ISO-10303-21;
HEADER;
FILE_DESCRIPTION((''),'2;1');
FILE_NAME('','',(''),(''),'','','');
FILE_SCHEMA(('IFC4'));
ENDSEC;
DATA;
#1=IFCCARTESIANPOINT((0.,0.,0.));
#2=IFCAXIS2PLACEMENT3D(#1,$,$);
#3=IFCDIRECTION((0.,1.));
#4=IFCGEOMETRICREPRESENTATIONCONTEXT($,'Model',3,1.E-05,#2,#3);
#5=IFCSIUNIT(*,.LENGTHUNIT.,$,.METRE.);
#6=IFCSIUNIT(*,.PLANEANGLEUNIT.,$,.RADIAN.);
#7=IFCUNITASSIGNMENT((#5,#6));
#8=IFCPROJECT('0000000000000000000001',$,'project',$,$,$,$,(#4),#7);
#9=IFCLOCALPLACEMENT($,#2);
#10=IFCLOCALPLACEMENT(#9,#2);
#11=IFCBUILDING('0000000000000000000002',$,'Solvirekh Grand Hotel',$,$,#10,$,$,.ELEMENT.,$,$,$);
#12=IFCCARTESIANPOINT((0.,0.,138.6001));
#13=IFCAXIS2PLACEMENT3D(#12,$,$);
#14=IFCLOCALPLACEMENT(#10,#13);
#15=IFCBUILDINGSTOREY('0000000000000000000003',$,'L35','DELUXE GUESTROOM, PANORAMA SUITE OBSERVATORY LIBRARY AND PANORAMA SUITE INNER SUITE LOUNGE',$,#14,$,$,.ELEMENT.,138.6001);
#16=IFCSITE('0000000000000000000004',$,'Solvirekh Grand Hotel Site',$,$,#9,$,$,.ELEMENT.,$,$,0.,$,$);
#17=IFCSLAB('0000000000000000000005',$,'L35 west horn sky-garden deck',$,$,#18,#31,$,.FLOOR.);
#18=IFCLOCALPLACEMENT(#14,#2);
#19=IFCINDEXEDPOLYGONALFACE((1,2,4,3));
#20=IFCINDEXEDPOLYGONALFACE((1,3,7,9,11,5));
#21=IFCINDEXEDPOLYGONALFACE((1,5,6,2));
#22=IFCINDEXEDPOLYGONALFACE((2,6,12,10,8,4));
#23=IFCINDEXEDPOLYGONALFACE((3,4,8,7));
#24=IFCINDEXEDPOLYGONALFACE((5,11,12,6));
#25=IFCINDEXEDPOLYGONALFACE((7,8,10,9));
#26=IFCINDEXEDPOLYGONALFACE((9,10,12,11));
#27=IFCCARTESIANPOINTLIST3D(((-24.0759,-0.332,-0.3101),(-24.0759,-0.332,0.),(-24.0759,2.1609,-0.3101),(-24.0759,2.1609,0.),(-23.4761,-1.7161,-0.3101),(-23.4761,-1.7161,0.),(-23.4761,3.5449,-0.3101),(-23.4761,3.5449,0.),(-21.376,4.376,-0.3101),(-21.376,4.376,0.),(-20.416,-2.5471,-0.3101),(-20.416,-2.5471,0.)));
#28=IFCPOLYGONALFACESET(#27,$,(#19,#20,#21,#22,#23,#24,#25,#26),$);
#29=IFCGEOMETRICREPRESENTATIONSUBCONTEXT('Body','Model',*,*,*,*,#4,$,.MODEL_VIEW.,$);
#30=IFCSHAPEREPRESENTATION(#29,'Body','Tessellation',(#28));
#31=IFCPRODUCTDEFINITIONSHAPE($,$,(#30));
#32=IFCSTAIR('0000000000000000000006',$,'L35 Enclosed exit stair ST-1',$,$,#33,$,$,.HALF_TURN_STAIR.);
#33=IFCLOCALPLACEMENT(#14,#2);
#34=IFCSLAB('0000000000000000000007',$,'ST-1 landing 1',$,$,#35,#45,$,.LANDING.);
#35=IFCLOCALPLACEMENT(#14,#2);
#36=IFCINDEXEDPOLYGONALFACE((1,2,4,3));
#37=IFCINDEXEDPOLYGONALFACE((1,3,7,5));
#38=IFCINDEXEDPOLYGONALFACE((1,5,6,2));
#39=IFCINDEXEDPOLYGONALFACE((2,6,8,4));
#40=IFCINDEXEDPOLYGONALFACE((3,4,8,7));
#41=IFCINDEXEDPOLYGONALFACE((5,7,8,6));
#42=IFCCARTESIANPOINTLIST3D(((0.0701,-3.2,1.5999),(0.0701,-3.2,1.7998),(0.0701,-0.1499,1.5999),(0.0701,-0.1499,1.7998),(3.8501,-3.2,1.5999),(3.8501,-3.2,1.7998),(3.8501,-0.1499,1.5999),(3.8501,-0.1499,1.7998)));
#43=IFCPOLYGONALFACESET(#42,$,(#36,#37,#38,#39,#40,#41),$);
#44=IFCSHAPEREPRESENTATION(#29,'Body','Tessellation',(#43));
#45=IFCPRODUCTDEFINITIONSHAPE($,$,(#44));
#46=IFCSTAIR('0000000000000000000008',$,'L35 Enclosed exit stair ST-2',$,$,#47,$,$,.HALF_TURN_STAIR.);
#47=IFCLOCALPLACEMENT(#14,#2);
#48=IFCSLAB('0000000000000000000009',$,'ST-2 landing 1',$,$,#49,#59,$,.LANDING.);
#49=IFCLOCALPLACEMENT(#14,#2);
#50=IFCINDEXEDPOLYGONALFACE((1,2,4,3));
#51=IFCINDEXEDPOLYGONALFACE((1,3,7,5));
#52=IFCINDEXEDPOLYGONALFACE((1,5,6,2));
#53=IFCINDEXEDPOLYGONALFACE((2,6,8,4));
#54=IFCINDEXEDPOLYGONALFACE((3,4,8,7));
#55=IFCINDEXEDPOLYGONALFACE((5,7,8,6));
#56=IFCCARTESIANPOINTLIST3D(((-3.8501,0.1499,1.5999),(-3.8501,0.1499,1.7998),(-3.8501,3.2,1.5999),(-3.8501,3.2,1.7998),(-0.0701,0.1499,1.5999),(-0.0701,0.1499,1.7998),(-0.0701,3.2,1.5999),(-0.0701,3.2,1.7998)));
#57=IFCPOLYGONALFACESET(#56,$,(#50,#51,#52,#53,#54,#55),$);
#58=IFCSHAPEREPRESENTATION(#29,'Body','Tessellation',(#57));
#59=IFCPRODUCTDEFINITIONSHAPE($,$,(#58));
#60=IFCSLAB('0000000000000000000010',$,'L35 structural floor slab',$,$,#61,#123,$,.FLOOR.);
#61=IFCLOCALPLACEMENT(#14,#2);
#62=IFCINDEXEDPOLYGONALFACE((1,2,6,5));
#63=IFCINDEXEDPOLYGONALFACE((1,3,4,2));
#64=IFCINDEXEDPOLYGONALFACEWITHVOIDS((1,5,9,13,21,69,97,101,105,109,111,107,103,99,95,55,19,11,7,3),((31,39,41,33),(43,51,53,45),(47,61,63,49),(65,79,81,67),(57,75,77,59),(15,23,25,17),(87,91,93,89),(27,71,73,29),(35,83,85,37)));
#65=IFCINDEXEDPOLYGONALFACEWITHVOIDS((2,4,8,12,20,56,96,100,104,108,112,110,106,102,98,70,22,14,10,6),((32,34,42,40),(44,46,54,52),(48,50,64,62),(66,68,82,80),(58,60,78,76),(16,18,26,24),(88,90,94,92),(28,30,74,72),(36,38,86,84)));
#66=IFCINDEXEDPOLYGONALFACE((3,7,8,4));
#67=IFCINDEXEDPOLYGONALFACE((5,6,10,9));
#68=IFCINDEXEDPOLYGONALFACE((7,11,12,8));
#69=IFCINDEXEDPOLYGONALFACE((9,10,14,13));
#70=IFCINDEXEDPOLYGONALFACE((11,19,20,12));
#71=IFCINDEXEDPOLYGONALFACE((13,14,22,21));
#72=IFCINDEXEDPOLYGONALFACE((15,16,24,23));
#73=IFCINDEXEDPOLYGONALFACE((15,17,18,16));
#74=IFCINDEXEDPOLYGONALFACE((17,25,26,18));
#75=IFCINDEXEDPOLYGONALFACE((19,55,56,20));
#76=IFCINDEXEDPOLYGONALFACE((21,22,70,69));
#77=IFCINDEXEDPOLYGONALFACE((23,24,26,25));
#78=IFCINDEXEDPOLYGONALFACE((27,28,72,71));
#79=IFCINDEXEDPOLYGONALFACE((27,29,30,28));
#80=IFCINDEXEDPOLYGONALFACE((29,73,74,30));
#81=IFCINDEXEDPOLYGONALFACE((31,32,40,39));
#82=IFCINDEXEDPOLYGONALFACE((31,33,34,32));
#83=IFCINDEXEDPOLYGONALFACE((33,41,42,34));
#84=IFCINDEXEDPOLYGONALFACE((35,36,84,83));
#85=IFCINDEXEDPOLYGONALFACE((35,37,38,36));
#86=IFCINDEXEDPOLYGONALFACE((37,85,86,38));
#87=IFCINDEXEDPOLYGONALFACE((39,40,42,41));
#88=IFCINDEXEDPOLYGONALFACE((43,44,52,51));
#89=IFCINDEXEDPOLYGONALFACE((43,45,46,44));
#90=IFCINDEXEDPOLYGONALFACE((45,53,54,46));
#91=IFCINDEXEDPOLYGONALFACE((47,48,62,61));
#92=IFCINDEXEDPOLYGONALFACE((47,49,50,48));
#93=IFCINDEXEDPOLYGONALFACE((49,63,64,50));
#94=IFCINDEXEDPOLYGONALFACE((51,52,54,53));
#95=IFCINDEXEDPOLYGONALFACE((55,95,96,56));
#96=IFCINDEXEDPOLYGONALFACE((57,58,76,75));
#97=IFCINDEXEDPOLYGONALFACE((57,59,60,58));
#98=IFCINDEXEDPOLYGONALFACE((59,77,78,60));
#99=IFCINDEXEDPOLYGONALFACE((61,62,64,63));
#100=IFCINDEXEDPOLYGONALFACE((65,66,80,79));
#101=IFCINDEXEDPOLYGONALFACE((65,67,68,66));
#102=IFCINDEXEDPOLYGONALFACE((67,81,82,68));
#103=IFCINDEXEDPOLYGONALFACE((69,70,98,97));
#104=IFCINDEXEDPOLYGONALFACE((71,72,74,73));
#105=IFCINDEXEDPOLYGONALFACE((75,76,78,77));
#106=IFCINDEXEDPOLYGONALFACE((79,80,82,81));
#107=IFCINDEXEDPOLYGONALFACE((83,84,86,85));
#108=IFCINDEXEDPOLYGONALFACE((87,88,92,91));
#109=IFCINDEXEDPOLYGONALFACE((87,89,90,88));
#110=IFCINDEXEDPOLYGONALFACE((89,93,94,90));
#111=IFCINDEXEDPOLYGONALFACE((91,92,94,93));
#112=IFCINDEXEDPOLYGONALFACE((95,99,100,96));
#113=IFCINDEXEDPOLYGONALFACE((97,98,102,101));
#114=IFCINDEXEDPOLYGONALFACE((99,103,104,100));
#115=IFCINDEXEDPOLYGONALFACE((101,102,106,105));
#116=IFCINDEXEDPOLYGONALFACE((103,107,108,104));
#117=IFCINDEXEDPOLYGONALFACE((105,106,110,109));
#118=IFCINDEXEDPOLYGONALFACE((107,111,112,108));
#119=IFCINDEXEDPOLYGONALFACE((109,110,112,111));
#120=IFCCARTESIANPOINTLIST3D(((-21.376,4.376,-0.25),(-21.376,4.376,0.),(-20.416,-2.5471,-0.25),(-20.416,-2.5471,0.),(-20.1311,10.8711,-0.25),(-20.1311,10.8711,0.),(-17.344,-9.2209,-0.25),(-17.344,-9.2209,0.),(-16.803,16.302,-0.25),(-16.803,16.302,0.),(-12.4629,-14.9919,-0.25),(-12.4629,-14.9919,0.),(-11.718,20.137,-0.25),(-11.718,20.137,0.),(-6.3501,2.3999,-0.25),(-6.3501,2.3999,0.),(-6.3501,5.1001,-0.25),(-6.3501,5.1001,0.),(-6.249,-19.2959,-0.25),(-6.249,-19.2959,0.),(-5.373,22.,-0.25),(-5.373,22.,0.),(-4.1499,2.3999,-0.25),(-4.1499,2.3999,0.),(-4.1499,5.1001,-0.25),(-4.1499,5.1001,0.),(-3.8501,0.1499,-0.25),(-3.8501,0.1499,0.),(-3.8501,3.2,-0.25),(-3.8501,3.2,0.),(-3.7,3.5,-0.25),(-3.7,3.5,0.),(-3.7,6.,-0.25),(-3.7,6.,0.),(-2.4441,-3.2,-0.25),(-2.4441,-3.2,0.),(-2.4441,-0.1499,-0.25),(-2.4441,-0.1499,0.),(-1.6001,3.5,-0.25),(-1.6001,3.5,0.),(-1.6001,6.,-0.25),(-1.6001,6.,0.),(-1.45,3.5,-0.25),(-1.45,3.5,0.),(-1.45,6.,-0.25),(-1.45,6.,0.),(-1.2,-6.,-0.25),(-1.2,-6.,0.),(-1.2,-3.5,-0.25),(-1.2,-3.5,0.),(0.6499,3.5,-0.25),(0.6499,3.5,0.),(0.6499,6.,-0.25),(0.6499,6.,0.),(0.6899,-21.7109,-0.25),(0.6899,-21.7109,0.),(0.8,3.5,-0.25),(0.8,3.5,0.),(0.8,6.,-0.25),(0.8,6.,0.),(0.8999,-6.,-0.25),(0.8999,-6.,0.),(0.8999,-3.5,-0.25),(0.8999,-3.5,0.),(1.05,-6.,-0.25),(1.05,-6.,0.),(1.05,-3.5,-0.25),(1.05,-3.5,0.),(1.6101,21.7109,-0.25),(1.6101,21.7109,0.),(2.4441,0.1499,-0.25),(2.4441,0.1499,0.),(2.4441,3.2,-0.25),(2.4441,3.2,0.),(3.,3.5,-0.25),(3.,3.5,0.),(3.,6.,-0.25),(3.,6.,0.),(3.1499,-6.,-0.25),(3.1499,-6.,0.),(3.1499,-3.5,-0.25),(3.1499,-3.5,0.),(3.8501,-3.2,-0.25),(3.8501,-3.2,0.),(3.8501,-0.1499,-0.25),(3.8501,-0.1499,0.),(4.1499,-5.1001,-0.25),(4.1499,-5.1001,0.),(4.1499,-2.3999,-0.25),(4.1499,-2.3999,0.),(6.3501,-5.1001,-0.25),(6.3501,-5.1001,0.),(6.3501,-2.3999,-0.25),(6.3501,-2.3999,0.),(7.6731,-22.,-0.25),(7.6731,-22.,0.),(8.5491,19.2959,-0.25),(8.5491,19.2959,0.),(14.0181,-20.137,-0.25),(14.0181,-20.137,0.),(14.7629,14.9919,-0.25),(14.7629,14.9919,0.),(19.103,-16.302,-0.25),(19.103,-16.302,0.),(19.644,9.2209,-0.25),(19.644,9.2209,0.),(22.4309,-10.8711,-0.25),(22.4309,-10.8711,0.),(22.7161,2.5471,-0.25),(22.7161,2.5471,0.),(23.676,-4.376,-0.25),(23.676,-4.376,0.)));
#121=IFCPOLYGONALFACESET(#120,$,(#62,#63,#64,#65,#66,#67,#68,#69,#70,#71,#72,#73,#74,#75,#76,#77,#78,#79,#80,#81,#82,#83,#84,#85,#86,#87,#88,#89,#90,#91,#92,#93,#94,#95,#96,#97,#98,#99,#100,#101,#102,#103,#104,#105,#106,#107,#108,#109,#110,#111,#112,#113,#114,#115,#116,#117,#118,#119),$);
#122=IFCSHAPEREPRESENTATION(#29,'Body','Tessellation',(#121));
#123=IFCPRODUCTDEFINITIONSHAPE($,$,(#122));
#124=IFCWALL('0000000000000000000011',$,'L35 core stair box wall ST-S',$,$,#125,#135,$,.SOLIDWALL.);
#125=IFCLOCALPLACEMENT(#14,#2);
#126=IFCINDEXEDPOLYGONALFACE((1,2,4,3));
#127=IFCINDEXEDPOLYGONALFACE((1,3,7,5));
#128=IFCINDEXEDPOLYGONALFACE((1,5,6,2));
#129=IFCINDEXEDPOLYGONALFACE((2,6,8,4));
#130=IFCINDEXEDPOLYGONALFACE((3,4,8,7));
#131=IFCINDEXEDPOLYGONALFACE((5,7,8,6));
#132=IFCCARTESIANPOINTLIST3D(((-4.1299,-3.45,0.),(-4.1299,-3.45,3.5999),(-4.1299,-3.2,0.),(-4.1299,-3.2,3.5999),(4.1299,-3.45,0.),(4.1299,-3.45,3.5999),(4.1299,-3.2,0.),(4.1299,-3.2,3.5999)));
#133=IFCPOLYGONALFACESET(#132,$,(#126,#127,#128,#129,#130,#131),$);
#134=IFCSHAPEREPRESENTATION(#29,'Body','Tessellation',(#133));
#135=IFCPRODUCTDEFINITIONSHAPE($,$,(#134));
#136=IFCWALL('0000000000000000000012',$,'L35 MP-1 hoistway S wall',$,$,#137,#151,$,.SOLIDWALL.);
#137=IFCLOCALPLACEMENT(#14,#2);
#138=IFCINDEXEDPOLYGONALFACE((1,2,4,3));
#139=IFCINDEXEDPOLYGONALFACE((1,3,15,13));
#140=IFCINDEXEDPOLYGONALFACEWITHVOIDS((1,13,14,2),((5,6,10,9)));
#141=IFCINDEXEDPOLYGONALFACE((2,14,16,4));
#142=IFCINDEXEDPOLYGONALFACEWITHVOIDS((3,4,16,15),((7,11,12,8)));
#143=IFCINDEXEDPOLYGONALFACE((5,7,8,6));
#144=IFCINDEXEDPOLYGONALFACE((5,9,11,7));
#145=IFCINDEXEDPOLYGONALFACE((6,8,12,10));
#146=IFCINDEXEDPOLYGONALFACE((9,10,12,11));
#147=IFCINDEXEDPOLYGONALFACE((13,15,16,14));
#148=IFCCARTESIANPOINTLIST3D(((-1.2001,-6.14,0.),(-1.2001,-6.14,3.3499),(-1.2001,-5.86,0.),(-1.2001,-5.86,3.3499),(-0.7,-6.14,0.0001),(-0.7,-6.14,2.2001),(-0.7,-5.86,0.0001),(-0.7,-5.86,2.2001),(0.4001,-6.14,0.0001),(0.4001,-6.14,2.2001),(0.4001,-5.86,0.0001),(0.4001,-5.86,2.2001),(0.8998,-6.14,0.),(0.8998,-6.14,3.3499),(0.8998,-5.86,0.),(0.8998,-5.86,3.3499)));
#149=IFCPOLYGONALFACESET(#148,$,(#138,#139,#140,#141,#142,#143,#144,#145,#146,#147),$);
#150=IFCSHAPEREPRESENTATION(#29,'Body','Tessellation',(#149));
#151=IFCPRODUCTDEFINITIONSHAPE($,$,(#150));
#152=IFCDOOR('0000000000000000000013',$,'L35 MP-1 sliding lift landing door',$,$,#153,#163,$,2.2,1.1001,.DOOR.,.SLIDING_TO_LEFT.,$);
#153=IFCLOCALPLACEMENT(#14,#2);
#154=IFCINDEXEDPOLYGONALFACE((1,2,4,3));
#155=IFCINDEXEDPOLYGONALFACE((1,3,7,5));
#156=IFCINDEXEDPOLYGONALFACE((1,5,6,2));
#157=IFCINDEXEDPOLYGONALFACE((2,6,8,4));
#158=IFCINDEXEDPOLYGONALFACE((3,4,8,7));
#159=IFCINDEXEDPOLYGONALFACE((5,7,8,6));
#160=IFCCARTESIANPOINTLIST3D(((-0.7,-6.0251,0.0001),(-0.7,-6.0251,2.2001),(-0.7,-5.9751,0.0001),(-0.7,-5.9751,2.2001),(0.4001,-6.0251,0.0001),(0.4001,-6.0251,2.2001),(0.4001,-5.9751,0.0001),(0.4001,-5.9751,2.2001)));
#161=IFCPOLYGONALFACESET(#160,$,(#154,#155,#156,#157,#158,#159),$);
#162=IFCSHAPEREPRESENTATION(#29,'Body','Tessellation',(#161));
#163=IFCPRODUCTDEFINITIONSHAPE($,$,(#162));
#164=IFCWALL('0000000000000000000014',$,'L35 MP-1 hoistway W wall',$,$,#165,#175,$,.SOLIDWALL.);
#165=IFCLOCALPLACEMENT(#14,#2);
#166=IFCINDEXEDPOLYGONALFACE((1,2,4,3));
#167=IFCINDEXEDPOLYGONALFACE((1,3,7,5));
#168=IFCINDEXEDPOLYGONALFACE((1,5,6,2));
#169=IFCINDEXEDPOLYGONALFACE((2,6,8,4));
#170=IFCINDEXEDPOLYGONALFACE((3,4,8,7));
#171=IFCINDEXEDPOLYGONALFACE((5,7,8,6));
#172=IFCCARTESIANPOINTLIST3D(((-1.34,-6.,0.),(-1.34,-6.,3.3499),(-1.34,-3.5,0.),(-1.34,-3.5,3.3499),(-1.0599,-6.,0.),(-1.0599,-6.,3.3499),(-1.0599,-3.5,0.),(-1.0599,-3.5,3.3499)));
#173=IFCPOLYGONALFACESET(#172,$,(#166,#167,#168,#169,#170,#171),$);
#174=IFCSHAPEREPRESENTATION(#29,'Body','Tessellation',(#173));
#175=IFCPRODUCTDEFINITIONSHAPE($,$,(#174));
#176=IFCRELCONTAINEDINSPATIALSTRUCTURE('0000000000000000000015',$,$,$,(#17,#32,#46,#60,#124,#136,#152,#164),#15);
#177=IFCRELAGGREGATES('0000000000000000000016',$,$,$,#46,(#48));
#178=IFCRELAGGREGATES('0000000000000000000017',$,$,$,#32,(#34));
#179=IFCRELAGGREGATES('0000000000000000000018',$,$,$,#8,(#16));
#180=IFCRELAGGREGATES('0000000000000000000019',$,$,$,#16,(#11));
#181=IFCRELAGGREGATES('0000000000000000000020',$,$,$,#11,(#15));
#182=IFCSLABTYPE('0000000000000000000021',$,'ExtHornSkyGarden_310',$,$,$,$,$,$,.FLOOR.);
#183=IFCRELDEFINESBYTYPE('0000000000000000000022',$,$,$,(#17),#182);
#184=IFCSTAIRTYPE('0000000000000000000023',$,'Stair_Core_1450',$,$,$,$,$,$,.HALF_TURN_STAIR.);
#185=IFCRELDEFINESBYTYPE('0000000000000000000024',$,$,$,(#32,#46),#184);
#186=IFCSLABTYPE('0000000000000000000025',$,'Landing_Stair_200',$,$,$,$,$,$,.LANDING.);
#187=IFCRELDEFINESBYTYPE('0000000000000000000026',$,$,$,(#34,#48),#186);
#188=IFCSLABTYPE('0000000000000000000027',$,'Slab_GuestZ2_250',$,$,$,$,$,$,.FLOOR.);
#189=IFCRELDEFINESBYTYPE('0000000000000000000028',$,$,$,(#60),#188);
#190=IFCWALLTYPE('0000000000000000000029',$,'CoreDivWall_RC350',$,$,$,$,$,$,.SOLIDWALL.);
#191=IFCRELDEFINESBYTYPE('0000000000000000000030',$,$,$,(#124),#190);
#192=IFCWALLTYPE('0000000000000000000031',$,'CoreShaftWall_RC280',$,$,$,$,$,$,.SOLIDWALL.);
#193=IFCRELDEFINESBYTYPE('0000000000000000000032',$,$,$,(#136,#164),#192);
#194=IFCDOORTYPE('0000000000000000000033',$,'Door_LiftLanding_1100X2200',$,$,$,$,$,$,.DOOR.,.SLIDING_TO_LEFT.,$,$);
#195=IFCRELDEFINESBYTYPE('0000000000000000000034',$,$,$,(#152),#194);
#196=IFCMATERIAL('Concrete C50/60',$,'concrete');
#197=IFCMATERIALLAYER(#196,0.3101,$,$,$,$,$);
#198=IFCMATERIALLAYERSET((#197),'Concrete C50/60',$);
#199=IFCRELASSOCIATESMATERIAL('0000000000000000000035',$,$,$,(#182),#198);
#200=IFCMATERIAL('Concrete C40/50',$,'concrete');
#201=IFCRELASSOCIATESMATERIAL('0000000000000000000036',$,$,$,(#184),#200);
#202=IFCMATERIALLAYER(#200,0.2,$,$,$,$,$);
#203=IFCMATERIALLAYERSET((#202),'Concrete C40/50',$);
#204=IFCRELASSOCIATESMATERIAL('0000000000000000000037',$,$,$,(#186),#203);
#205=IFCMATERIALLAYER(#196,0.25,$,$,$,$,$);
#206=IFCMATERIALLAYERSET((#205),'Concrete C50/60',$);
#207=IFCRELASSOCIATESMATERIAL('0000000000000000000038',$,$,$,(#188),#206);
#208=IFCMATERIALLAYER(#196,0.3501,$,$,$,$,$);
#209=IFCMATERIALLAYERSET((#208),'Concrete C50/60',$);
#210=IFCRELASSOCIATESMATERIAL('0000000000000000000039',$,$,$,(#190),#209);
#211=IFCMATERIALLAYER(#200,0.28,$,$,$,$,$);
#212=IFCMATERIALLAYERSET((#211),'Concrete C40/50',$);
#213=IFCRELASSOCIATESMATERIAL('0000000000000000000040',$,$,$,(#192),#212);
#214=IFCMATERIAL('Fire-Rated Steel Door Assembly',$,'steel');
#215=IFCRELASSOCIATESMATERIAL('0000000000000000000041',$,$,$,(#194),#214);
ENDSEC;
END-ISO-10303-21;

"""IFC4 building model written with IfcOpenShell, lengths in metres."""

from ifc_helpers import new_model, si_unit, direction, frame, frame_2d, origin, place, context, subcontext, project, spatial, polyline, rectangle, outline, extrude, material, layer, layer_set, type_object, element, fill, aggregate, save


model = new_model("IFC4")

# Units and contexts
model_context = context("Model", 3, precision=1e-05, world=origin(), true_north=direction((0.0, 1.0)))
body_context = subcontext(model_context, "Body", "Model", "MODEL_VIEW")
ifc_project = project(units=[si_unit("LENGTHUNIT", "METRE"), si_unit("PLANEANGLEUNIT", "RADIAN")], contexts=[model_context])

# Site, building, storey
site_placement = place(None, origin())
site = spatial("IfcSite", under=ifc_project, at=site_placement, Name="Solvirekh Grand Hotel Site", CompositionType="ELEMENT", RefElevation=0.0)
building_placement = place(site_placement, origin())
building = spatial("IfcBuilding", under=site, at=building_placement, Name="Solvirekh Grand Hotel", CompositionType="ELEMENT")
storey_placement = place(building_placement, frame((0.0, 0.0, 138.6001)))
storey = spatial("IfcBuildingStorey", under=building, at=storey_placement, Name="L35", Description="DELUXE GUESTROOM, PANORAMA SUITE OBSERVATORY LIBRARY AND PANORAMA SUITE INNER SUITE LOUNGE", CompositionType="ELEMENT", Elevation=138.6001)

# Slab
ifc_material_1 = material(Name="Concrete C50/60", Category="concrete")
ifc_layer_1 = layer(ifc_material_1, 0.3101)
ifc_layer_set_1 = layer_set([ifc_layer_1], Name="Concrete C50/60")
slab_type_1 = type_object("IfcSlabType", Name="ExtHornSkyGarden_310", PredefinedType="FLOOR", material=ifc_layer_set_1)
slab_1_placement = place(storey_placement, frame((0.0, 0.0, -0.3101)))
element("IfcSlab", 1, at=slab_1_placement, inside=storey, type_object=slab_type_1, Name="L35 west horn sky-garden deck", PredefinedType="FLOOR", context=body_context, shape_type="SweptSolid", body=[
    extrude(outline(polyline([(-23.4761, 3.5449), (-24.0759, 2.1609), (-24.0759, -0.332), (-23.4761, -1.7161), (-20.416, -2.5471), (-21.376, 4.376), (-23.4761, 3.5449)])), origin(), (0.0, 0.0, 1.0), 0.3101),
])

# Stairs, slabs
ifc_material_2 = material(Name="Concrete C40/50", Category="concrete")
stair_type = type_object("IfcStairType", Name="Stair_Core_1450", PredefinedType="HALF_TURN_STAIR", material=ifc_material_2)
stair_1_placement = place(storey_placement, origin())
stair_1 = element("IfcStair", 2, at=stair_1_placement, inside=storey, type_object=stair_type, Name="L35 Enclosed exit stair ST-1", PredefinedType="HALF_TURN_STAIR")
ifc_layer_2 = layer(ifc_material_2, 0.2)
ifc_layer_set_2 = layer_set([ifc_layer_2], Name="Concrete C40/50")
slab_type_2 = type_object("IfcSlabType", Name="Landing_Stair_200", PredefinedType="LANDING", material=ifc_layer_set_2)
slab_2_placement = place(storey_placement, frame((0.0, 0.0, 1.5999)))
slab_2 = element("IfcSlab", 3, at=slab_2_placement, type_object=slab_type_2, Name="ST-1 landing 1", PredefinedType="LANDING", context=body_context, shape_type="SweptSolid", body=[
    extrude(outline(polyline([(0.0701, -3.2), (3.8501, -3.2), (3.8501, -0.1499), (0.0701, -0.1499), (0.0701, -3.2)])), origin(), (0.0, 0.0, 1.0), 0.2),
])
stair_2_placement = place(storey_placement, origin())
stair_2 = element("IfcStair", 4, at=stair_2_placement, inside=storey, type_object=stair_type, Name="L35 Enclosed exit stair ST-2", PredefinedType="HALF_TURN_STAIR")
slab_3_placement = place(storey_placement, frame((0.0, 0.0, 1.5999)))
slab_3 = element("IfcSlab", 5, at=slab_3_placement, type_object=slab_type_2, Name="ST-2 landing 1", PredefinedType="LANDING", context=body_context, shape_type="SweptSolid", body=[
    extrude(outline(polyline([(-0.0701, 3.2), (-3.8501, 3.2), (-3.8501, 0.1499), (-0.0701, 0.1499), (-0.0701, 3.2)])), origin(), (0.0, 0.0, 1.0), 0.2),
])
aggregate(stair_2, [slab_3])

# Slab
ifc_layer_3 = layer(ifc_material_1, 0.25)
ifc_layer_set_3 = layer_set([ifc_layer_3], Name="Concrete C50/60")
slab_type_3 = type_object("IfcSlabType", Name="Slab_GuestZ2_250", PredefinedType="FLOOR", material=ifc_layer_set_3)
slab_4_placement = place(storey_placement, frame((0.0, 0.0, -0.25)))
element("IfcSlab", 6, at=slab_4_placement, inside=storey, type_object=slab_type_3, Name="L35 structural floor slab", PredefinedType="FLOOR", context=body_context, shape_type="SweptSolid", body=[
    extrude(outline(polyline([(19.103, -16.302), (22.4309, -10.8711), (23.676, -4.376), (22.7161, 2.5471), (19.644, 9.2209), (14.7629, 14.9919), (8.5491, 19.2959), (1.6101, 21.7109), (-5.373, 22.0), (-11.718, 20.137), (-16.803, 16.302), (-20.1311, 10.8711), (-21.376, 4.376), (-20.416, -2.5471), (-17.344, -9.2209), (-12.4629, -14.9919), (-6.249, -19.2959), (0.6899, -21.7109), (7.6731, -22.0), (14.0181, -20.137), (19.103, -16.302)]), holes=[polyline([(-2.4441, -0.1499), (3.8501, -0.1499), (3.8501, -3.2), (-2.4441, -3.2), (-2.4441, -0.1499)]), polyline([(2.4441, 0.1499), (-3.8501, 0.1499), (-3.8501, 3.2), (2.4441, 3.2), (2.4441, 0.1499)]), polyline([(-1.2, -3.5), (0.8999, -3.5), (0.8999, -6.0), (-1.2, -6.0), (-1.2, -3.5)]), polyline([(1.05, -3.5), (3.1499, -3.5), (3.1499, -6.0), (1.05, -6.0), (1.05, -3.5)]), polyline([(-3.7, 6.0), (-1.6001, 6.0), (-1.6001, 3.5), (-3.7, 3.5), (-3.7, 6.0)]), polyline([(-1.45, 6.0), (0.6499, 6.0), (0.6499, 3.5), (-1.45, 3.5), (-1.45, 6.0)]), polyline([(0.8, 6.0), (3.0, 6.0), (3.0, 3.5), (0.8, 3.5), (0.8, 6.0)]), polyline([(-6.3501, 5.1001), (-4.1499, 5.1001), (-4.1499, 2.3999), (-6.3501, 2.3999), (-6.3501, 5.1001)]), polyline([(4.1499, -2.3999), (6.3501, -2.3999), (6.3501, -5.1001), (4.1499, -5.1001), (4.1499, -2.3999)])]), origin(), (0.0, 0.0, 1.0), 0.25),
])

# Wall
ifc_layer_4 = layer(ifc_material_1, 0.3501)
ifc_layer_set_4 = layer_set([ifc_layer_4], Name="Concrete C50/60")
wall_type_1 = type_object("IfcWallType", Name="CoreDivWall_RC350", PredefinedType="SOLIDWALL", material=ifc_layer_set_4)
wall_1_placement = place(storey_placement, frame((-4.1299, -3.325, 0.0), z_axis=(0.0, 0.0, 1.0), x_axis=(1.0, 0.0, 0.0)))
element("IfcWall", 7, at=wall_1_placement, inside=storey, type_object=wall_type_1, Name="L35 core stair box wall ST-S", PredefinedType="SOLIDWALL", context=body_context, shape_type="SweptSolid", body=[
    extrude(rectangle(XDim=8.2598, YDim=0.25, at=frame_2d((4.1299, 0.0))), origin(), (0.0, 0.0, 1.0), 3.5999),
])

# Wall, opening, door
ifc_layer_5 = layer(ifc_material_2, 0.28)
ifc_layer_set_5 = layer_set([ifc_layer_5], Name="Concrete C40/50")
wall_type_2 = type_object("IfcWallType", Name="CoreShaftWall_RC280", PredefinedType="SOLIDWALL", material=ifc_layer_set_5)
wall_2_placement = place(storey_placement, frame((-1.2, -6.0, 0.0), z_axis=(0.0, 0.0, 1.0), x_axis=(1.0, 0.0, 0.0)))
wall_2 = element("IfcWall", 8, at=wall_2_placement, inside=storey, type_object=wall_type_2, Name="L35 MP-1 hoistway S wall", PredefinedType="SOLIDWALL", context=body_context, shape_type="SweptSolid", body=[
    extrude(rectangle(XDim=2.0999, YDim=0.28, at=frame_2d((1.0498, 0.0))), origin(), (0.0, 0.0, 1.0), 3.3499),
])
opening_1_placement = place(wall_2_placement, frame((0.5, 0.0, 0.0)))
opening_1 = element("IfcOpeningElement", 9, at=opening_1_placement, cuts=wall_2, PredefinedType="OPENING", context=body_context, shape_type="SweptSolid", body=[
    extrude(rectangle(XDim=1.1001, YDim=2.2, at=frame_2d((0.55, 1.1001))), frame((0.0, 0.1499, 0.0), z_axis=(0.0, -1.0, 0.0), x_axis=(1.0, 0.0, 0.0)), (0.0, 0.0, 1.0), 0.3),
])
ifc_material_3 = material(Name="Fire-Rated Steel Door Assembly", Category="steel")
door_type_1 = type_object("IfcDoorType", Name="Door_LiftLanding_1100X2200", OperationType="SLIDING_TO_LEFT", PredefinedType="DOOR", material=ifc_material_3)
door_1_placement = place(opening_1_placement, origin())
door_1 = element("IfcDoor", 10, at=door_1_placement, inside=storey, type_object=door_type_1, Name="L35 MP-1 sliding lift landing door", OperationType="SLIDING_TO_LEFT", OverallHeight=2.2, OverallWidth=1.1001, PredefinedType="DOOR", context=body_context, shape_type="SweptSolid", body=[
    extrude(rectangle(XDim=1.1001, YDim=2.2, at=frame_2d((0.55, 1.1001))), frame((0.0, 0.0249, 0.0), z_axis=(0.0, -1.0, 0.0), x_axis=(1.0, 0.0, 0.0)), (0.0, 0.0, 1.0), 0.05),
])
fill(opening_1, door_1)

# Wall
wall_3_placement = place(storey_placement, frame((-1.2, -3.5, 0.0), z_axis=(0.0, 0.0, 1.0), x_axis=(0.0, -1.0, 0.0)))
element("IfcWall", 11, at=wall_3_placement, inside=storey, type_object=wall_type_2, Name="L35 MP-1 hoistway W wall", PredefinedType="SOLIDWALL", context=body_context, shape_type="SweptSolid", body=[
    extrude(rectangle(XDim=2.5, YDim=0.28, at=frame_2d((1.25, 0.0))), origin(), (0.0, 0.0, 1.0), 3.3499),
])

aggregate(stair_1, [slab_2])

save(model, "model.ifc")
